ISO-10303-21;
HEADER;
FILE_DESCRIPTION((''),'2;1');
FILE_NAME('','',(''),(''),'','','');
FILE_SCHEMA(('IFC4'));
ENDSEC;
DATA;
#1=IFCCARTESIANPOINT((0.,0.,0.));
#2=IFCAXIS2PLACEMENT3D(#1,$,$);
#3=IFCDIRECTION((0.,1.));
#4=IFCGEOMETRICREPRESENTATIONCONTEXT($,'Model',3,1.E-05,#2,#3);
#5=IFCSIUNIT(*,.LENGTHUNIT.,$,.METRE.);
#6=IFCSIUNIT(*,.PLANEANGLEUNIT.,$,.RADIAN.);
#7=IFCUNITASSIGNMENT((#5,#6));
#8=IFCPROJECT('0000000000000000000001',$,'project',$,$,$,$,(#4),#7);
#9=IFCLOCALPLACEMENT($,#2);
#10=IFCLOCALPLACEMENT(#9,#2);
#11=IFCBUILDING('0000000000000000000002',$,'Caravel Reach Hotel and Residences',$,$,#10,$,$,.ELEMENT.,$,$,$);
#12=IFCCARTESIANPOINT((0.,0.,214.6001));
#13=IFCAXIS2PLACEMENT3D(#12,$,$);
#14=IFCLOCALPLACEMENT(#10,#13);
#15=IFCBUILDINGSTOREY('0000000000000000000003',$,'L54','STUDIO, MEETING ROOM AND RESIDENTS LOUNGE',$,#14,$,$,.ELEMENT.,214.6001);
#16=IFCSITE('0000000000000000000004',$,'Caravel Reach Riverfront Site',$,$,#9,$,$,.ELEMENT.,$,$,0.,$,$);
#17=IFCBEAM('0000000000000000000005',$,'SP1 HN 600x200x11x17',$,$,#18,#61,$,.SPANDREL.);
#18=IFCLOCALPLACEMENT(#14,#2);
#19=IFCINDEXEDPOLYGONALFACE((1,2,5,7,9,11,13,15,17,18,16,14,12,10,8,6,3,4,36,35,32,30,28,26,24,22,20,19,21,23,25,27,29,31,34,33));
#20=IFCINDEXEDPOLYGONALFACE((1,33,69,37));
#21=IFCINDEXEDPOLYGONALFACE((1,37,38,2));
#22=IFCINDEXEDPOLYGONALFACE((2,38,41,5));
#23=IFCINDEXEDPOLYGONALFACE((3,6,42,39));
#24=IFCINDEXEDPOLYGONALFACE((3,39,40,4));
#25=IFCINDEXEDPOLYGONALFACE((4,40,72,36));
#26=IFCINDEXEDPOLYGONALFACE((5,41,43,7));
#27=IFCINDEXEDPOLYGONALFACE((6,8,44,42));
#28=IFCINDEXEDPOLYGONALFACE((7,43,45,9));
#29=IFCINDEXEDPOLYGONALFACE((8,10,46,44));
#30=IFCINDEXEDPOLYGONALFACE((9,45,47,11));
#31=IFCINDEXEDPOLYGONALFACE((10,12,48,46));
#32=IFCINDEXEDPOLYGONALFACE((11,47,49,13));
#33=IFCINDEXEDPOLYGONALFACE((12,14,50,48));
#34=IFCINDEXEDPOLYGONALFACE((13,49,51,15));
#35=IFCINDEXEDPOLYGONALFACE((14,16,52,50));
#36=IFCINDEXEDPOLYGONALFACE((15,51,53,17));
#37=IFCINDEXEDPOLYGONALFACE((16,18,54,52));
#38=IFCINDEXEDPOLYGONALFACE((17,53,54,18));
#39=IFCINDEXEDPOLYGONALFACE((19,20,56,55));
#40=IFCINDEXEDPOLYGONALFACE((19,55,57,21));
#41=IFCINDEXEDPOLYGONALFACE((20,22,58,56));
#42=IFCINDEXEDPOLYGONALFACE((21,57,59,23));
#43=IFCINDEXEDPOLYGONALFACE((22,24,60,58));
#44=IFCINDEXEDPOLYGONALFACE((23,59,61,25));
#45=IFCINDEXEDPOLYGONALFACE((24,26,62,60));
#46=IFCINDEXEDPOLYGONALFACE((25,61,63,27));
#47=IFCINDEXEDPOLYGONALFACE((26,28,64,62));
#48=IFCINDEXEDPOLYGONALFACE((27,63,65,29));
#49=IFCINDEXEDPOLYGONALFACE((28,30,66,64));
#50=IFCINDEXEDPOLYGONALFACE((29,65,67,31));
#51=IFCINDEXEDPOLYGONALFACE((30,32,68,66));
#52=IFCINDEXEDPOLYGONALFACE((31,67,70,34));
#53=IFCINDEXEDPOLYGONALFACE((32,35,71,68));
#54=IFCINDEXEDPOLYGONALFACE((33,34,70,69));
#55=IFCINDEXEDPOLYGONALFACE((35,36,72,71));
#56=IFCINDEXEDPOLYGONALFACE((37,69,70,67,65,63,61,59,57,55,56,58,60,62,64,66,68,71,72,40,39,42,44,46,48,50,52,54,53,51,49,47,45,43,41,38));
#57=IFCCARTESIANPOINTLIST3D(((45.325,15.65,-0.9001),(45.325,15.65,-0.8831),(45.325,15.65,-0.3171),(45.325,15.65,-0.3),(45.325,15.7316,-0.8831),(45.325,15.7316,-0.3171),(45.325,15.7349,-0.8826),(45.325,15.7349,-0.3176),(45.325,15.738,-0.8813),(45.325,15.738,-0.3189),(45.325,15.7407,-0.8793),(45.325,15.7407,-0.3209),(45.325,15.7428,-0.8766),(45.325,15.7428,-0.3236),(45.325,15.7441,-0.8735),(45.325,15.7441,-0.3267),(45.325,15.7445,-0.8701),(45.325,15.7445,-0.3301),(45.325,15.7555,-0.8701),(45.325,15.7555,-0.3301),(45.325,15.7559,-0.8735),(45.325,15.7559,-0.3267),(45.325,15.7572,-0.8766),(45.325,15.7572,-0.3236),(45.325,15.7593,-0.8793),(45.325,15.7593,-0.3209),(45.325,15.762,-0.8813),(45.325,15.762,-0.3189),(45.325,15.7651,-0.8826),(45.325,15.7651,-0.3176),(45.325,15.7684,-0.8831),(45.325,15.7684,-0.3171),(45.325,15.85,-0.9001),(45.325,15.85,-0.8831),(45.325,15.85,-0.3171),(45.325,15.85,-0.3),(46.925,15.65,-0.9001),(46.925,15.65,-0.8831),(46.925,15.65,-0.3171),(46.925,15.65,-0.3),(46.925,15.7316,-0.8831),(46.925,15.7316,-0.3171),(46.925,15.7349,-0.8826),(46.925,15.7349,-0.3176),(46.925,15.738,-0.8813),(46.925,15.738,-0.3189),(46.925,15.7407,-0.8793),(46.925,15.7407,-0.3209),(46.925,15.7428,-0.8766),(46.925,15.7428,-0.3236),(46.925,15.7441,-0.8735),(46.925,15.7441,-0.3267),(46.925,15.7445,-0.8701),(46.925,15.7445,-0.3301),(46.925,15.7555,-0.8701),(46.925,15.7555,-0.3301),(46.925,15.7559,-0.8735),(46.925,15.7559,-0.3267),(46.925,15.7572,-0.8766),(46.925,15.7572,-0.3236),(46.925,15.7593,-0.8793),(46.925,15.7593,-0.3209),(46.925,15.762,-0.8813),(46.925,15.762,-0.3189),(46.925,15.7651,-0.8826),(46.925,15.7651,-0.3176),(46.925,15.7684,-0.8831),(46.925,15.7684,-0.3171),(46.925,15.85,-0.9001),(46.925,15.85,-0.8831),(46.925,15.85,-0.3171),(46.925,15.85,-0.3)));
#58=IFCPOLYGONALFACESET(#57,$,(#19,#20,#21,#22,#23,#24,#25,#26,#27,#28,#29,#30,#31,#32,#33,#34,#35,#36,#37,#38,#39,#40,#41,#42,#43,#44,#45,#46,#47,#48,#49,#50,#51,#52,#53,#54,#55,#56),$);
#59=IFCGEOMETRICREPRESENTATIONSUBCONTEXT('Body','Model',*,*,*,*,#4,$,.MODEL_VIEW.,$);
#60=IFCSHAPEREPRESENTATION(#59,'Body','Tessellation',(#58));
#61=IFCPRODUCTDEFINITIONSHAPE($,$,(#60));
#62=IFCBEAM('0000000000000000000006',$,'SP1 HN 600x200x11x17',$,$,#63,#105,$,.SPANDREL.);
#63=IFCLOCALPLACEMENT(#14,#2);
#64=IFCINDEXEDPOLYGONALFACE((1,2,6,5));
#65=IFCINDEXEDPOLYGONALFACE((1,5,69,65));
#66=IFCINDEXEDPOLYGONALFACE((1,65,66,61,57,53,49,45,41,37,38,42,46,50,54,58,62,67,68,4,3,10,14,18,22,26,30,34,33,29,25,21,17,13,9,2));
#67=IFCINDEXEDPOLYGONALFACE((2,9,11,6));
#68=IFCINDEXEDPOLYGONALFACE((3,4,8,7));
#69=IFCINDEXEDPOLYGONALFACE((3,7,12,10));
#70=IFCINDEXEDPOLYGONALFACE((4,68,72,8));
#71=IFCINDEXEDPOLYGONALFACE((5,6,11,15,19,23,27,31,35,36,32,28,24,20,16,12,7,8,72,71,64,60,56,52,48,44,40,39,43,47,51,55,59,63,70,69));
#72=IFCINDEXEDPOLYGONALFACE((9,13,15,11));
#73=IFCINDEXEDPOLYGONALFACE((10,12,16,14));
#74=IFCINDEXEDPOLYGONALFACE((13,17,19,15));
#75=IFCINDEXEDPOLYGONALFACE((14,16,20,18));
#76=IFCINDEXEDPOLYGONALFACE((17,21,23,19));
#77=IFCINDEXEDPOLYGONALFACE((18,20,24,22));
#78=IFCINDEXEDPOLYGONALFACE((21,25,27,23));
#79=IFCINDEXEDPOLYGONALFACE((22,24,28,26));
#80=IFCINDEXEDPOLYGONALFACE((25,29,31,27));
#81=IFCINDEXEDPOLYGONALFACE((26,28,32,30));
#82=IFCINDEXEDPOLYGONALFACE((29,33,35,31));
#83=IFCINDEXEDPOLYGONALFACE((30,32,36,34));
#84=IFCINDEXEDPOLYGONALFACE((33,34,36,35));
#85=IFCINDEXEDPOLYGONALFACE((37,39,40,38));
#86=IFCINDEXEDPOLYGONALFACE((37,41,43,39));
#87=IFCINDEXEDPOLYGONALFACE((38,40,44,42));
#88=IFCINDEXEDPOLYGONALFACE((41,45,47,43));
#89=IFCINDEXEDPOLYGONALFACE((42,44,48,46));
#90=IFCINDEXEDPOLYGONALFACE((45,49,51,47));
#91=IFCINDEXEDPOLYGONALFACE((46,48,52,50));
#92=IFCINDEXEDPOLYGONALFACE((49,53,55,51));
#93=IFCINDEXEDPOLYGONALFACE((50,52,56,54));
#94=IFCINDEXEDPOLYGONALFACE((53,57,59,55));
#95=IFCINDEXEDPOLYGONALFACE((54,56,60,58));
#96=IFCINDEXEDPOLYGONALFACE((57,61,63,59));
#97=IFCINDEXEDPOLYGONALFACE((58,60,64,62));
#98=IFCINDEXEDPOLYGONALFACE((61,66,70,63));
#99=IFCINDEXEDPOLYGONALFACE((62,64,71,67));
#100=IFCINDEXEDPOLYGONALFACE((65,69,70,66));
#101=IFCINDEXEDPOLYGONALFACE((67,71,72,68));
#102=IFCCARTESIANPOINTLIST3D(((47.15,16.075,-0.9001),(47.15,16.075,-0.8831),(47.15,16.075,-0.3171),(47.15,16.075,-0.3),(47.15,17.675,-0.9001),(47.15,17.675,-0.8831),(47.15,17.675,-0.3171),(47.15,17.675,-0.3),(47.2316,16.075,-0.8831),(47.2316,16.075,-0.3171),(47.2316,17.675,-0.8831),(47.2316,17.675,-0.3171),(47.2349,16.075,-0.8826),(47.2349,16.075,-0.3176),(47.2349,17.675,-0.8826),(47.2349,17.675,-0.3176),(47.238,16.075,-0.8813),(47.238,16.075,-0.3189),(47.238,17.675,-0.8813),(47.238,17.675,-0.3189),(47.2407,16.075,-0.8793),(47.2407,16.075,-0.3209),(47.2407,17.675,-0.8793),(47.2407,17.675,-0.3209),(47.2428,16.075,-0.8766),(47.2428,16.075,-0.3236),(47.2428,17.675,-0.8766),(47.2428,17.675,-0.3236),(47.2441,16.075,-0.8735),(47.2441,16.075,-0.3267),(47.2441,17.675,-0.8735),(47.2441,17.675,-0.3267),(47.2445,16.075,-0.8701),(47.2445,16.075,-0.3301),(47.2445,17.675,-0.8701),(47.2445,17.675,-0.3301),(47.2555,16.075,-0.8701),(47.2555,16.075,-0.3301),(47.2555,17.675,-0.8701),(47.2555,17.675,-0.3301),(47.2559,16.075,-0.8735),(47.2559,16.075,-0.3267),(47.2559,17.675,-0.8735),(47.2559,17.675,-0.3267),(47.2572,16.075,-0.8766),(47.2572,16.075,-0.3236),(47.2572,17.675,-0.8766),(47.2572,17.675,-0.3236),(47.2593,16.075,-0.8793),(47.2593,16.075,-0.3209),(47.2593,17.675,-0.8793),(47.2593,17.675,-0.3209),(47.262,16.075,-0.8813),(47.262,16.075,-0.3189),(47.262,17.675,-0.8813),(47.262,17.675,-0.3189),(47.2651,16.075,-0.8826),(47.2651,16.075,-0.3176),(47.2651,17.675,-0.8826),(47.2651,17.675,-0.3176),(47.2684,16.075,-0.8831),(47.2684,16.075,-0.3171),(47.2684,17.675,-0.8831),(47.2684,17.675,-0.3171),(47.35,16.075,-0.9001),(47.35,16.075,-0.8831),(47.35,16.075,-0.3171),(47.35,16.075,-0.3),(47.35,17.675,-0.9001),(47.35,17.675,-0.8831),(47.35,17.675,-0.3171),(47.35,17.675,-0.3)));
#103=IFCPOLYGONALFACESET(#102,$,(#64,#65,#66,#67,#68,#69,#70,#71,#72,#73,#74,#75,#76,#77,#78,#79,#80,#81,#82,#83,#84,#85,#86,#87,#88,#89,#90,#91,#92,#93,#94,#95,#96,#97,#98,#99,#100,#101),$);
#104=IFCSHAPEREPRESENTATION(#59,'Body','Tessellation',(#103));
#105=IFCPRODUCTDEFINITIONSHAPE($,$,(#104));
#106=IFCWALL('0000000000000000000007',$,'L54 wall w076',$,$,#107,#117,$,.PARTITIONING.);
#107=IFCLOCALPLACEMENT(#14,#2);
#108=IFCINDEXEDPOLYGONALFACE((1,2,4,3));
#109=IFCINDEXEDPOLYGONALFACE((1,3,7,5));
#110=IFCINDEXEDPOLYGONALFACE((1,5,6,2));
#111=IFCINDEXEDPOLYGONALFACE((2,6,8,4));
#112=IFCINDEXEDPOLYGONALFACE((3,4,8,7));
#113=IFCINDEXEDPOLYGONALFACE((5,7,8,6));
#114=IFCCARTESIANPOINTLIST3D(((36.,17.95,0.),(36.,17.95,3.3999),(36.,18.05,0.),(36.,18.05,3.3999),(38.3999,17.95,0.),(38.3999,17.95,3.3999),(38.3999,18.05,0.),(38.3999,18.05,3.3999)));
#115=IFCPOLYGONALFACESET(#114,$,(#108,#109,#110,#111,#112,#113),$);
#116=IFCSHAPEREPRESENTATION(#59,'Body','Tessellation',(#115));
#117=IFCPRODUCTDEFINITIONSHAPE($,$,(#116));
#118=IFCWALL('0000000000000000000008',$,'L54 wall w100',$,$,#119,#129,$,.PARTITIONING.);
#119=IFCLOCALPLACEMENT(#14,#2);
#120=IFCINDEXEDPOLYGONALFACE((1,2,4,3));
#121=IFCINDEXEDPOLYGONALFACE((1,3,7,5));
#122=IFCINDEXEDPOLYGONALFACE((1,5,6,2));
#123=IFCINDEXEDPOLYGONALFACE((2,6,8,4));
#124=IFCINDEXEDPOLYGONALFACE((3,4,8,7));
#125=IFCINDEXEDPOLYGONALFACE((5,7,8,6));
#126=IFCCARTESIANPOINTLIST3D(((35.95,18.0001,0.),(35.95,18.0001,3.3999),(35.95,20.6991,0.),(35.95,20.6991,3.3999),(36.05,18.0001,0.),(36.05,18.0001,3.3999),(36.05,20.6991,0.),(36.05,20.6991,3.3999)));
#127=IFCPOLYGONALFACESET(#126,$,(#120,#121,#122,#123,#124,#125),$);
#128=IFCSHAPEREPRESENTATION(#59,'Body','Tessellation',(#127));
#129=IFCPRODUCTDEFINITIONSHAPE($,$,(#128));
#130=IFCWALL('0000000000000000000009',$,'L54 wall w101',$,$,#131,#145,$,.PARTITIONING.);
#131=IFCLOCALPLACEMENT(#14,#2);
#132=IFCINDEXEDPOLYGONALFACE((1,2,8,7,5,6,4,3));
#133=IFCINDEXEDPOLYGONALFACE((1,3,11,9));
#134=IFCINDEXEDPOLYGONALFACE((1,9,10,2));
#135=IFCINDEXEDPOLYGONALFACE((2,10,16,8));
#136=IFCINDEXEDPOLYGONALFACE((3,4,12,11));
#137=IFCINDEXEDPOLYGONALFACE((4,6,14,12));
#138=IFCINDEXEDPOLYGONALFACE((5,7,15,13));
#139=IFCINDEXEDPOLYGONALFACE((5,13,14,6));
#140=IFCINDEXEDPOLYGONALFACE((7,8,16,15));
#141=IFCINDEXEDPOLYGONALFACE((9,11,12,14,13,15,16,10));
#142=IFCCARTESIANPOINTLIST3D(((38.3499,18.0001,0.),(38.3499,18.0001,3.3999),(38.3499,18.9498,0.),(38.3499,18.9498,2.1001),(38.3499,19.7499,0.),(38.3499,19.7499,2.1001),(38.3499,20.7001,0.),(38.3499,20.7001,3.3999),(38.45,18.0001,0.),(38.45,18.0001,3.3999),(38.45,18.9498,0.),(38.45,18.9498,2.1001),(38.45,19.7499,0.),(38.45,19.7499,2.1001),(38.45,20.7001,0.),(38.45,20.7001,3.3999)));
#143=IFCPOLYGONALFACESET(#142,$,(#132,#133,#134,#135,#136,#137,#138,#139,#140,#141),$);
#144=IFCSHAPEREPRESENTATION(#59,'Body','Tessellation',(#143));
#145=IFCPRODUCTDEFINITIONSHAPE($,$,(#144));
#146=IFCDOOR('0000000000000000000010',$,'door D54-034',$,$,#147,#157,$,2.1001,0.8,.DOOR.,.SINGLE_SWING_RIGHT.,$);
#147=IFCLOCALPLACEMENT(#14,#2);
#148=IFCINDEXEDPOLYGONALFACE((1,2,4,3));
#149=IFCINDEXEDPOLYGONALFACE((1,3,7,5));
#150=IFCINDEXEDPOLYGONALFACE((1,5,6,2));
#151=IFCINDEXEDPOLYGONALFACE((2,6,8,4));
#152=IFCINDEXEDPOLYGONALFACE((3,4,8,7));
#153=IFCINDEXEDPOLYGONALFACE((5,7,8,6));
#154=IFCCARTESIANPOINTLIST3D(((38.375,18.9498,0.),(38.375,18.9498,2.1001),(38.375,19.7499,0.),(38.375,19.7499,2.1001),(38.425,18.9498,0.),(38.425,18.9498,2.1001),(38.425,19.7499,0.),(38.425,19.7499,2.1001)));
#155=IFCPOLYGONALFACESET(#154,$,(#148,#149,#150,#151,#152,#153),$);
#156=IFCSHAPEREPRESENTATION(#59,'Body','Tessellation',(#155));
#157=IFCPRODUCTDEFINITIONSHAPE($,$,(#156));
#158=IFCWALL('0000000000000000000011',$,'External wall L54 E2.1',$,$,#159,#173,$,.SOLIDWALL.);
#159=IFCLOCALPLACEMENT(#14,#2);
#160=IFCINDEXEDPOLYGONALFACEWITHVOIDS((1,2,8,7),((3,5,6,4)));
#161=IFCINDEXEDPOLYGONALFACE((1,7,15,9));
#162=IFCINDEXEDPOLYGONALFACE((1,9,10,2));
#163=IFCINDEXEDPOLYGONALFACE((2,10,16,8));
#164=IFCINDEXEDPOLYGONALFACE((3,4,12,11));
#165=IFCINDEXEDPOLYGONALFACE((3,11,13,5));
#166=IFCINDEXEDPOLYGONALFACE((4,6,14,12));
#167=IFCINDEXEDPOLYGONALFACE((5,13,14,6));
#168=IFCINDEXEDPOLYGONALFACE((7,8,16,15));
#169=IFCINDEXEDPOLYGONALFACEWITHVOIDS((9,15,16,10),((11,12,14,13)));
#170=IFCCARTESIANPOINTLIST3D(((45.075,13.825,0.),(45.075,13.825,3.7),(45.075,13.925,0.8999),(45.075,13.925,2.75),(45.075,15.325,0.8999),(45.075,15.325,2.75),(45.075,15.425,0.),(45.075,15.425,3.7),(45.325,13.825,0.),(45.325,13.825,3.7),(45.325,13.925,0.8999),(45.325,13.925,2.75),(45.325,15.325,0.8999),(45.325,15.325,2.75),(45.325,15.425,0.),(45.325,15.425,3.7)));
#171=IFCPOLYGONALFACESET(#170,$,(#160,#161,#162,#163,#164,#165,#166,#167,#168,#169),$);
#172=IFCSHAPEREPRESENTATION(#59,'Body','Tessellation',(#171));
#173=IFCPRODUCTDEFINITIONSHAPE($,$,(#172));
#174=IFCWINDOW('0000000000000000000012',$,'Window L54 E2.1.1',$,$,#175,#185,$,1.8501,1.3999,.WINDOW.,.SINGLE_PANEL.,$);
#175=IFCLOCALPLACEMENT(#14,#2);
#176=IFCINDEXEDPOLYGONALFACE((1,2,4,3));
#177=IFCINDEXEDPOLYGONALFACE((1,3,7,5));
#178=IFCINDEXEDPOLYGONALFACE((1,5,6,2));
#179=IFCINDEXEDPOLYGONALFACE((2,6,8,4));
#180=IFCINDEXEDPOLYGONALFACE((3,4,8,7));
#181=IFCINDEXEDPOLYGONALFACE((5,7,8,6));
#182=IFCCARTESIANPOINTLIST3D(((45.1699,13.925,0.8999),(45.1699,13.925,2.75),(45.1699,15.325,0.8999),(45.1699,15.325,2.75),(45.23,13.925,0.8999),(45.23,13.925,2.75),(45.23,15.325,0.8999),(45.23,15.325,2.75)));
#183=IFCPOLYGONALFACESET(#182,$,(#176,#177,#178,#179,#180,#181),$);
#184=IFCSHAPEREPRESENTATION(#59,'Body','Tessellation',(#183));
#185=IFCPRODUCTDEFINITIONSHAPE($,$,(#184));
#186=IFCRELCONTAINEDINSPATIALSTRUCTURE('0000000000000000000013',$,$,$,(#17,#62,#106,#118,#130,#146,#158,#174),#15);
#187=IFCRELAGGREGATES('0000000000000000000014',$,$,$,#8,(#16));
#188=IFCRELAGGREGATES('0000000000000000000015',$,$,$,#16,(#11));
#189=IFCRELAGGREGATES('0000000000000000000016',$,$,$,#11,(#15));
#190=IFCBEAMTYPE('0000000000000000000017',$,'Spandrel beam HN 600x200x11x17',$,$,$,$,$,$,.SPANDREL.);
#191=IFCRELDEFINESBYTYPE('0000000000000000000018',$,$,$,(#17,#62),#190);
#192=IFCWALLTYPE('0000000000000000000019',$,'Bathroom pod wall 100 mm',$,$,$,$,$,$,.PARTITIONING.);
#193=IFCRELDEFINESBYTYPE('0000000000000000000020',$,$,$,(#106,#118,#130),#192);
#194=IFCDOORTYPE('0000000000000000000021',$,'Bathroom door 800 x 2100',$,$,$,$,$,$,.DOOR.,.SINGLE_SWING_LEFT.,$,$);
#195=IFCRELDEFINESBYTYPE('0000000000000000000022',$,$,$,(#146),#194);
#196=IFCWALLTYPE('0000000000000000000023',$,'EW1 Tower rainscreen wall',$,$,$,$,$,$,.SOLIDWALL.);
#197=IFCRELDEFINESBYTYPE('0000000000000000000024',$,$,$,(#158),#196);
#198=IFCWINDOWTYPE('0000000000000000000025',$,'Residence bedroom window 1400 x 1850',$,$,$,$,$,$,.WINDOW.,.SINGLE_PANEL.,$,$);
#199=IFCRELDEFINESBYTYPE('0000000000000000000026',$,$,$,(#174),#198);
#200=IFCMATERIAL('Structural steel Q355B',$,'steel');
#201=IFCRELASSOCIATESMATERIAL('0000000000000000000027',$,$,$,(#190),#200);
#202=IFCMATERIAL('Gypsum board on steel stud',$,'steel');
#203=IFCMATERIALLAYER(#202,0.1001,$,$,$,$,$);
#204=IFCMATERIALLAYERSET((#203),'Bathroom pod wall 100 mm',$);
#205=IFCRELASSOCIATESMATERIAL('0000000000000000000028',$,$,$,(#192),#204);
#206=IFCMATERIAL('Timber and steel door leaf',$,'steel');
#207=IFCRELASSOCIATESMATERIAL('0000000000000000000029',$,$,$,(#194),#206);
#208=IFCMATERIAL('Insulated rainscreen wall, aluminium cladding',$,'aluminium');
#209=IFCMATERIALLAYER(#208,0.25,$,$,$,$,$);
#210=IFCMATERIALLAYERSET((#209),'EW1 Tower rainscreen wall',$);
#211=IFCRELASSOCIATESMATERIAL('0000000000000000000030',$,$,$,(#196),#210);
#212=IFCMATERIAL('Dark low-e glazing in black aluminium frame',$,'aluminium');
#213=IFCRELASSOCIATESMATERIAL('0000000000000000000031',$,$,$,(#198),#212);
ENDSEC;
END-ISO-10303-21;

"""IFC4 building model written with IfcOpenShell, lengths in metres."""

from ifc_helpers import new_model, si_unit, direction, frame, frame_2d, origin, origin_2d, place, context, subcontext, project, spatial, rectangle, i_section, extrude, material, layer, layer_set, material_profile, profile_set, type_object, element, fill, save


model = new_model("IFC4")

# Units and contexts
model_context = context("Model", 3, precision=1e-05, world=origin(), true_north=direction((0.0, 1.0)))
body_context = subcontext(model_context, "Body", "Model", "MODEL_VIEW")
ifc_project = project(units=[si_unit("LENGTHUNIT", "METRE"), si_unit("PLANEANGLEUNIT", "RADIAN")], contexts=[model_context])

# Site, building, storey
site_placement = place(None, origin())
site = spatial("IfcSite", under=ifc_project, at=site_placement, Name="Caravel Reach Riverfront Site", CompositionType="ELEMENT", RefElevation=0.0)
building_placement = place(site_placement, origin())
building = spatial("IfcBuilding", under=site, at=building_placement, Name="Caravel Reach Hotel and Residences", CompositionType="ELEMENT")
storey_placement = place(building_placement, frame((0.0, 0.0, 214.6001)))
storey = spatial("IfcBuildingStorey", under=building, at=storey_placement, Name="L54", Description="STUDIO, MEETING ROOM AND RESIDENTS LOUNGE", CompositionType="ELEMENT", Elevation=214.6001)

# Beams
ifc_material_1 = material(Name="Structural steel Q355B", Category="steel")
ifc_material_profile_1 = material_profile(ifc_material_1, i_section(OverallWidth=0.2, OverallDepth=0.6001, WebThickness=0.011, FlangeThickness=0.0171, FilletRadius=0.0129, at=origin_2d()), Name="HN 600x200x11x17")
ifc_profile_set_1 = profile_set([ifc_material_profile_1], Name="Structural steel Q355B")
beam_type = type_object("IfcBeamType", Name="Spandrel beam HN 600x200x11x17", PredefinedType="SPANDREL", material=ifc_profile_set_1)
for number, where, z_axis, x_axis, name in (
    (1, (45.325, 15.75, -0.6001), (1.0, 0.0, 0.0), (0.0, 1.0, 0.0), "SP1 HN 600x200x11x17"),
    (2, (47.25, 16.075, -0.6001), (0.0, 1.0, 0.0), (-1.0, 0.0, 0.0), "SP1 HN 600x200x11x17"),
):
    element("IfcBeam", number, at=place(storey_placement, frame(where, z_axis=z_axis, x_axis=x_axis)), inside=storey, type_object=beam_type, Name=name, PredefinedType="SPANDREL", context=body_context, shape_type="SweptSolid", body=[
        extrude(i_section(OverallWidth=0.2, OverallDepth=0.6001, WebThickness=0.011, FlangeThickness=0.0171, FilletRadius=0.0129, at=origin_2d()), origin(), (0.0, 0.0, 1.0), 1.6001),
    ])

# Walls
ifc_material_2 = material(Name="Gypsum board on steel stud", Category="steel")
ifc_layer_1 = layer(ifc_material_2, 0.1001)
ifc_layer_set_1 = layer_set([ifc_layer_1], Name="Bathroom pod wall 100 mm")
wall_type_1 = type_object("IfcWallType", Name="Bathroom pod wall 100 mm", PredefinedType="PARTITIONING", material=ifc_layer_set_1)
wall_1_placement = place(storey_placement, frame((36.0, 18.0, 0.0), z_axis=(0.0, 0.0, 1.0), x_axis=(1.0, 0.0, 0.0)))
element("IfcWall", 3, at=wall_1_placement, inside=storey, type_object=wall_type_1, Name="L54 wall w076", PredefinedType="PARTITIONING", context=body_context, shape_type="SweptSolid", body=[
    extrude(rectangle(XDim=2.3999, YDim=0.1001, at=frame_2d((1.2, 0.0))), origin(), (0.0, 0.0, 1.0), 3.3999),
])
wall_2_placement = place(storey_placement, frame((36.0, 18.0, 0.0), z_axis=(0.0, 0.0, 1.0), x_axis=(0.0, 1.0, 0.0)))
element("IfcWall", 4, at=wall_2_placement, inside=storey, type_object=wall_type_1, Name="L54 wall w100", PredefinedType="PARTITIONING", context=body_context, shape_type="SweptSolid", body=[
    extrude(rectangle(XDim=2.699, YDim=0.1001, at=frame_2d((1.3496, 0.0))), origin(), (0.0, 0.0, 1.0), 3.3999),
])

# Wall, opening, door
wall_3_placement = place(storey_placement, frame((38.3999, 18.0, 0.0), z_axis=(0.0, 0.0, 1.0), x_axis=(0.0, 1.0, 0.0)))
wall_3 = element("IfcWall", 5, at=wall_3_placement, inside=storey, type_object=wall_type_1, Name="L54 wall w101", PredefinedType="PARTITIONING", context=body_context, shape_type="SweptSolid", body=[
    extrude(rectangle(XDim=2.7, YDim=0.1001, at=frame_2d((1.3501, 0.0))), origin(), (0.0, 0.0, 1.0), 3.3999),
])
opening_1_placement = place(wall_3_placement, frame((0.95, 0.0, 0.0)))
opening_1 = element("IfcOpeningElement", 6, at=opening_1_placement, cuts=wall_3, PredefinedType="OPENING", context=body_context, shape_type="SweptSolid", body=[
    extrude(rectangle(XDim=0.8, YDim=2.1001, at=frame_2d((0.3999, 1.05))), frame((0.0, 0.0601, 0.0), z_axis=(0.0, -1.0, 0.0), x_axis=(1.0, 0.0, 0.0)), (0.0, 0.0, 1.0), 0.1201),
])
ifc_material_3 = material(Name="Timber and steel door leaf", Category="steel")
door_type_1 = type_object("IfcDoorType", Name="Bathroom door 800 x 2100", OperationType="SINGLE_SWING_LEFT", PredefinedType="DOOR", material=ifc_material_3)
door_1_placement = place(opening_1_placement, origin())
door_1 = element("IfcDoor", 7, at=door_1_placement, inside=storey, type_object=door_type_1, Name="door D54-034", OperationType="SINGLE_SWING_RIGHT", OverallHeight=2.1001, OverallWidth=0.8, PredefinedType="DOOR", context=body_context, shape_type="SweptSolid", body=[
    extrude(rectangle(XDim=0.8, YDim=2.1001, at=frame_2d((0.3999, 1.05))), frame((0.0, 0.0249, 0.0), z_axis=(0.0, -1.0, 0.0), x_axis=(1.0, 0.0, 0.0)), (0.0, 0.0, 1.0), 0.05),
])
fill(opening_1, door_1)

# Wall, opening, window
ifc_material_4 = material(Name="Insulated rainscreen wall, aluminium cladding", Category="aluminium")
ifc_layer_2 = layer(ifc_material_4, 0.25)
ifc_layer_set_2 = layer_set([ifc_layer_2], Name="EW1 Tower rainscreen wall")
wall_type_2 = type_object("IfcWallType", Name="EW1 Tower rainscreen wall", PredefinedType="SOLIDWALL", material=ifc_layer_set_2)
wall_4_placement = place(storey_placement, frame((45.2, 13.825, 0.0), z_axis=(0.0, 0.0, 1.0), x_axis=(0.0, 1.0, 0.0)))
wall_4 = element("IfcWall", 8, at=wall_4_placement, inside=storey, type_object=wall_type_2, Name="External wall L54 E2.1", PredefinedType="SOLIDWALL", context=body_context, shape_type="SweptSolid", body=[
    extrude(rectangle(XDim=1.6001, YDim=0.25, at=frame_2d((0.8, 0.0))), origin(), (0.0, 0.0, 1.0), 3.7),
])
opening_2_placement = place(wall_4_placement, frame((0.1001, 0.0, 0.8999)))
opening_2 = element("IfcOpeningElement", 9, at=opening_2_placement, cuts=wall_4, PredefinedType="OPENING", context=body_context, shape_type="SweptSolid", body=[
    extrude(rectangle(XDim=1.3999, YDim=1.8501, at=frame_2d((0.7, 0.925))), frame((0.0, 0.135, 0.0), z_axis=(0.0, -1.0, 0.0), x_axis=(1.0, 0.0, 0.0)), (0.0, 0.0, 1.0), 0.27),
])
ifc_material_5 = material(Name="Dark low-e glazing in black aluminium frame", Category="aluminium")
window_type = type_object("IfcWindowType", Name="Residence bedroom window 1400 x 1850", PartitioningType="SINGLE_PANEL", PredefinedType="WINDOW", material=ifc_material_5)
window_1_placement = place(opening_2_placement, origin())
window_1 = element("IfcWindow", 10, at=window_1_placement, inside=storey, type_object=window_type, Name="Window L54 E2.1.1", OverallHeight=1.8501, OverallWidth=1.3999, PartitioningType="SINGLE_PANEL", PredefinedType="WINDOW", context=body_context, shape_type="SweptSolid", body=[
    extrude(rectangle(XDim=1.3999, YDim=1.8501, at=frame_2d((0.7, 0.925))), frame((0.0, 0.03, 0.0), z_axis=(0.0, -1.0, 0.0), x_axis=(1.0, 0.0, 0.0)), (0.0, 0.0, 1.0), 0.0601),
])
fill(opening_2, window_1)

save(model, "model.ifc")
